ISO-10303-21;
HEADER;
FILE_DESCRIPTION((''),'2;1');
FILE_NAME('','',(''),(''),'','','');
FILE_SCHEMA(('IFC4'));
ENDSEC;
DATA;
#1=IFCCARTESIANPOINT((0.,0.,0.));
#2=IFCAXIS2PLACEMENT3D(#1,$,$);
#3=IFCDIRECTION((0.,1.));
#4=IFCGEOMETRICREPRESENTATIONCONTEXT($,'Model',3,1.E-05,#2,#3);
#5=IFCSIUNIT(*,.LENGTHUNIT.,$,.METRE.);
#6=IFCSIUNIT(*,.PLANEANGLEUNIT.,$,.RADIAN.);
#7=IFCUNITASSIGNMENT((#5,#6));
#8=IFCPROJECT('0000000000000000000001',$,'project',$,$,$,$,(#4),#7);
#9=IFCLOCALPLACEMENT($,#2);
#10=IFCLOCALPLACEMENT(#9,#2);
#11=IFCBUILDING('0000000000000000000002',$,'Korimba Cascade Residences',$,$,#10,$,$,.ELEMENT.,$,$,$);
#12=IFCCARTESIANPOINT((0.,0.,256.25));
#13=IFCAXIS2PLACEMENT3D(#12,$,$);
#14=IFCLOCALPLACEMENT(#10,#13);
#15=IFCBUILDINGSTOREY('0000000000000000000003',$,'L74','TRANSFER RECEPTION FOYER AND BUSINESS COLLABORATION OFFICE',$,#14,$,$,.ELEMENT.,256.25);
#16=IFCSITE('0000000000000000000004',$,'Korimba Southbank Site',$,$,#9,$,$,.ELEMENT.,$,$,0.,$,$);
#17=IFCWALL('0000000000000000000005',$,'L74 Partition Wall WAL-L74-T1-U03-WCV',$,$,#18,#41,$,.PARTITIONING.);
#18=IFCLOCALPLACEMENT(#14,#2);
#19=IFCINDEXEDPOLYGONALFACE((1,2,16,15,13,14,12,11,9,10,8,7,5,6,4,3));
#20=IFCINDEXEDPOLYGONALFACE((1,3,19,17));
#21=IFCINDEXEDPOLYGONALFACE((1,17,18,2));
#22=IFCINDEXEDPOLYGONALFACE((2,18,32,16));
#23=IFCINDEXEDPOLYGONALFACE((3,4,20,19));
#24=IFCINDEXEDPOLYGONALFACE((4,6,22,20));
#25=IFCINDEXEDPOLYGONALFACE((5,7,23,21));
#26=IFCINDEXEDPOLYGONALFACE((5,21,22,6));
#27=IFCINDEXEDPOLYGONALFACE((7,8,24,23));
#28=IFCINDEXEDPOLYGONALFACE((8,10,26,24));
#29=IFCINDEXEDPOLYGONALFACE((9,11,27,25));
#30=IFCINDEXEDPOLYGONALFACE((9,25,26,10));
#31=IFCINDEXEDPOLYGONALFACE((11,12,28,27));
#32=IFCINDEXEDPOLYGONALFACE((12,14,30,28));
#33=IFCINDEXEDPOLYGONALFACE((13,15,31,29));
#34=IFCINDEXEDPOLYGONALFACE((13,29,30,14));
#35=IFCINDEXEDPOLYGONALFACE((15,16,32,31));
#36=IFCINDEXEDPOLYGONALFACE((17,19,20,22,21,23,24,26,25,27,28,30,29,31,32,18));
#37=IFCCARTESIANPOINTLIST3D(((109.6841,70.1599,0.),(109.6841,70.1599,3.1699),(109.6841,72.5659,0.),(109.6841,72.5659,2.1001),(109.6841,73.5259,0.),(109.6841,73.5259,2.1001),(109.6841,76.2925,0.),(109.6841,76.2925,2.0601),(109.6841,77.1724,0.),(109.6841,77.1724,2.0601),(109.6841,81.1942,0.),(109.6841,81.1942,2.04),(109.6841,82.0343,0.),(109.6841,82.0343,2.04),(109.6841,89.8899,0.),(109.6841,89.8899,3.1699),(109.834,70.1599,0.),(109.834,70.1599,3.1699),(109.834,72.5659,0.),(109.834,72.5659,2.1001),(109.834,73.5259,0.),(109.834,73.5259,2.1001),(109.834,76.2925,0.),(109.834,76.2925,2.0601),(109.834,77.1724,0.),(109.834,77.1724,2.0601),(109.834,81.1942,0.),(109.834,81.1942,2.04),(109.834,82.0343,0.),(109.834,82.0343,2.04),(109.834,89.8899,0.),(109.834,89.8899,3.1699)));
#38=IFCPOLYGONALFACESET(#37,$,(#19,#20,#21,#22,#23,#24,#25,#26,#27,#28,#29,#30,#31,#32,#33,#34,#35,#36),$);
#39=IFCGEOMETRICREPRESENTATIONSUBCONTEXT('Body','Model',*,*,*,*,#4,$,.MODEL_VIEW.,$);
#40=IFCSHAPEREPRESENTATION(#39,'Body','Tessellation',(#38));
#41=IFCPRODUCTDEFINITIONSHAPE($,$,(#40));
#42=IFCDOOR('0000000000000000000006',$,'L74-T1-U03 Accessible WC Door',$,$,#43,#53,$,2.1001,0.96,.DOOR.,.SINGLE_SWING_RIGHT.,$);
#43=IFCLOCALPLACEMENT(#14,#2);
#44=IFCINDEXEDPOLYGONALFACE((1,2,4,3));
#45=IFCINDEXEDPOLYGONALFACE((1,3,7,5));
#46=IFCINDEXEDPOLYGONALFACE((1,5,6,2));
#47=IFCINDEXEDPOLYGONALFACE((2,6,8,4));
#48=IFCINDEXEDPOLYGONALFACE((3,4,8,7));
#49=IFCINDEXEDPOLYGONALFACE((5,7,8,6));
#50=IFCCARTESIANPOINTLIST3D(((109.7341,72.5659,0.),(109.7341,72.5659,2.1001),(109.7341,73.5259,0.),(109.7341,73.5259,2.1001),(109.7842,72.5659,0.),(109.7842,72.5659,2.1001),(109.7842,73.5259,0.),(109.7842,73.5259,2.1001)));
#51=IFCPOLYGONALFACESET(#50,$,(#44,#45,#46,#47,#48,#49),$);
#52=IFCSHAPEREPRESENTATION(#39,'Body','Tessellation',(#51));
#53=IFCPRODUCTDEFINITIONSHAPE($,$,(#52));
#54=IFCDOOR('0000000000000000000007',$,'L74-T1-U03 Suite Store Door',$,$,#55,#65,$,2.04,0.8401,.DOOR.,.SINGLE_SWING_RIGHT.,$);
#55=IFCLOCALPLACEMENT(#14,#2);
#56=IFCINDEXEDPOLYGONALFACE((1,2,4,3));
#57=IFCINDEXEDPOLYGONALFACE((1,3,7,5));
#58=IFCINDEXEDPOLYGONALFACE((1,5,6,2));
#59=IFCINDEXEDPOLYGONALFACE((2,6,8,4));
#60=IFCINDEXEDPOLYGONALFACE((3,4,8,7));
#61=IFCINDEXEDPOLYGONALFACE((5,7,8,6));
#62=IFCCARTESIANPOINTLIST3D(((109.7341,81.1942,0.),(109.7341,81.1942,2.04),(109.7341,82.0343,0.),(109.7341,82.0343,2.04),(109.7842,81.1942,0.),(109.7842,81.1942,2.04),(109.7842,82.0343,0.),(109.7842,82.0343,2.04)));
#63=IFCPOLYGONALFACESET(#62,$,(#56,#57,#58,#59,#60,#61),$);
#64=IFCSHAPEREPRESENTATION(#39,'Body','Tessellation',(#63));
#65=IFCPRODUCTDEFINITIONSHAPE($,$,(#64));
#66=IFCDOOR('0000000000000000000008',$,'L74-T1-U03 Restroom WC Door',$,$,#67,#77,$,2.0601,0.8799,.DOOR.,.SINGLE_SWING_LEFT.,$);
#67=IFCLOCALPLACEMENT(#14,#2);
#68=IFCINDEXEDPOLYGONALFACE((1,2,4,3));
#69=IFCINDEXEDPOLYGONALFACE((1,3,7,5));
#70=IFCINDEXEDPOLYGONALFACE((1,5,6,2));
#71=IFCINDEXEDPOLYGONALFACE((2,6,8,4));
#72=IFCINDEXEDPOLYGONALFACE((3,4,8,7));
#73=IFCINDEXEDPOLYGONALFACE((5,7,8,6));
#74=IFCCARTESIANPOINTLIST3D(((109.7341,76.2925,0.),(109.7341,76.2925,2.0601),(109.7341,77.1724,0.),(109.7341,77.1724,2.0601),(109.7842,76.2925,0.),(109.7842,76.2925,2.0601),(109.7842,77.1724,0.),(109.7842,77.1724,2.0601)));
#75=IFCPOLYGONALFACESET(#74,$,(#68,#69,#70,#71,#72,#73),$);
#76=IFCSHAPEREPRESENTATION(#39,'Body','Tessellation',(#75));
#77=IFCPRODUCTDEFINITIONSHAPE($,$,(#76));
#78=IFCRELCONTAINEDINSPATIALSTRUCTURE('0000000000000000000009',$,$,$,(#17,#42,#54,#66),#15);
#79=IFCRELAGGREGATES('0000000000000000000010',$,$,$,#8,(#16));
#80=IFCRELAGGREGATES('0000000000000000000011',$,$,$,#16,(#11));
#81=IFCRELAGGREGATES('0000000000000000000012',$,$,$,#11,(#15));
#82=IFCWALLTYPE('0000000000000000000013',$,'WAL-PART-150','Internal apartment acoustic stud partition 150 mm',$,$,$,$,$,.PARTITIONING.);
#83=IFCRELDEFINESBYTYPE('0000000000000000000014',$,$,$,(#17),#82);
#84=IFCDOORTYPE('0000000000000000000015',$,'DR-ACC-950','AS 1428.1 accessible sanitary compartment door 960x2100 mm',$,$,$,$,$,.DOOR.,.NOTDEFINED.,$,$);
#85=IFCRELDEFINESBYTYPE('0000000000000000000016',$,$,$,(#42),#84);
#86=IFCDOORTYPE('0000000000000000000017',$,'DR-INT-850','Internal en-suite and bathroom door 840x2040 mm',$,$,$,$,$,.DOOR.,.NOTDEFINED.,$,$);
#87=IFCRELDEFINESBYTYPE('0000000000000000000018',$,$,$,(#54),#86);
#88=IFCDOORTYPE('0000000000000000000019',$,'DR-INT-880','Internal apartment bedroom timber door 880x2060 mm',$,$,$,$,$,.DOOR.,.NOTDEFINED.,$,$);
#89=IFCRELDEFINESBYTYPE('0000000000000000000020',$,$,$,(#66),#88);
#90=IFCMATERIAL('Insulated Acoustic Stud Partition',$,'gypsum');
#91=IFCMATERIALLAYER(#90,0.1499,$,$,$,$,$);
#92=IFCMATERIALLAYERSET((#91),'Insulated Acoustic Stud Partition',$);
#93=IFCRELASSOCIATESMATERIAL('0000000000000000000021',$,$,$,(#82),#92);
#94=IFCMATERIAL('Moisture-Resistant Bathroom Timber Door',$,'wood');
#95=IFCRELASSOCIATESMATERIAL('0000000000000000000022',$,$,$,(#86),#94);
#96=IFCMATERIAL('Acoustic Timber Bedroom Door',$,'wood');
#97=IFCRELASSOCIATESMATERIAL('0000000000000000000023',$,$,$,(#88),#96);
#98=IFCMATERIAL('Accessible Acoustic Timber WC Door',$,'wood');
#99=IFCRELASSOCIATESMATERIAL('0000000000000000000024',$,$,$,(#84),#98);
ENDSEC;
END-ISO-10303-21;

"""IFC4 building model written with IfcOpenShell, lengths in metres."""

from ifc_helpers import new_model, si_unit, direction, frame, frame_2d, origin, place, context, subcontext, project, spatial, rectangle, extrude, material, layer, layer_set, type_object, element, fill, save


model = new_model("IFC4")

# Units and contexts
model_context = context("Model", 3, precision=1e-05, world=origin(), true_north=direction((0.0, 1.0)))
body_context = subcontext(model_context, "Body", "Model", "MODEL_VIEW")
ifc_project = project(units=[si_unit("LENGTHUNIT", "METRE"), si_unit("PLANEANGLEUNIT", "RADIAN")], contexts=[model_context])

# Site, building, storey
site_placement = place(None, origin())
site = spatial("IfcSite", under=ifc_project, at=site_placement, Name="Korimba Southbank Site", CompositionType="ELEMENT", RefElevation=0.0)
building_placement = place(site_placement, origin())
building = spatial("IfcBuilding", under=site, at=building_placement, Name="Korimba Cascade Residences", CompositionType="ELEMENT")
storey_placement = place(building_placement, frame((0.0, 0.0, 256.25)))
storey = spatial("IfcBuildingStorey", under=building, at=storey_placement, Name="L74", Description="TRANSFER RECEPTION FOYER AND BUSINESS COLLABORATION OFFICE", CompositionType="ELEMENT", Elevation=256.25)

# Shared definitions
ifc_material_1 = material(Name="Insulated Acoustic Stud Partition", Category="gypsum")
ifc_layer_1 = layer(ifc_material_1, 0.1499)
ifc_layer_set_1 = layer_set([ifc_layer_1], Name="Insulated Acoustic Stud Partition")
wall_type_1 = type_object("IfcWallType", Name="WAL-PART-150", Description="Internal apartment acoustic stud partition 150 mm", PredefinedType="PARTITIONING", material=ifc_layer_set_1)
ifc_material_2 = material(Name="Moisture-Resistant Bathroom Timber Door", Category="wood")
door_type_1 = type_object("IfcDoorType", Name="DR-INT-850", Description="Internal en-suite and bathroom door 840x2040 mm", OperationType="NOTDEFINED", PredefinedType="DOOR", material=ifc_material_2)
ifc_material_3 = material(Name="Acoustic Timber Bedroom Door", Category="wood")
door_type_2 = type_object("IfcDoorType", Name="DR-INT-880", Description="Internal apartment bedroom timber door 880x2060 mm", OperationType="NOTDEFINED", PredefinedType="DOOR", material=ifc_material_3)

# Wall, openings, doors
wall_1_placement = place(storey_placement, frame((109.759, 70.1599, 0.0), z_axis=(0.0, 0.0, 1.0), x_axis=(0.0, 1.0, 0.0)))
wall_1 = element("IfcWall", 1, at=wall_1_placement, inside=storey, type_object=wall_type_1, Name="L74 Partition Wall WAL-L74-T1-U03-WCV", PredefinedType="PARTITIONING", context=body_context, shape_type="SweptSolid", body=[
    extrude(rectangle(XDim=19.73, YDim=0.1499, at=frame_2d((9.865, 0.0))), origin(), (0.0, 0.0, 1.0), 3.1699),
])
opening_1_placement = place(wall_1_placement, frame((2.406, 0.0, 0.0)))
opening_1 = element("IfcOpeningElement", 2, at=opening_1_placement, cuts=wall_1, PredefinedType="OPENING", context=body_context, shape_type="SweptSolid", body=[
    extrude(rectangle(XDim=0.96, YDim=2.1001, at=frame_2d((0.48, 1.05))), frame((0.0, 0.085, 0.0), z_axis=(0.0, -1.0, 0.0), x_axis=(1.0, 0.0, 0.0)), (0.0, 0.0, 1.0), 0.1699),
])
opening_2_placement = place(wall_1_placement, frame((6.1326, 0.0, 0.0)))
opening_2 = element("IfcOpeningElement", 3, at=opening_2_placement, cuts=wall_1, PredefinedType="OPENING", context=body_context, shape_type="SweptSolid", body=[
    extrude(rectangle(XDim=0.8799, YDim=2.0601, at=frame_2d((0.4399, 1.03))), frame((0.0, 0.085, 0.0), z_axis=(0.0, -1.0, 0.0), x_axis=(1.0, 0.0, 0.0)), (0.0, 0.0, 1.0), 0.1699),
])
opening_3_placement = place(wall_1_placement, frame((11.0344, 0.0, 0.0)))
opening_3 = element("IfcOpeningElement", 4, at=opening_3_placement, cuts=wall_1, PredefinedType="OPENING", context=body_context, shape_type="SweptSolid", body=[
    extrude(rectangle(XDim=0.8401, YDim=2.04, at=frame_2d((0.4199, 1.02))), frame((0.0, 0.085, 0.0), z_axis=(0.0, -1.0, 0.0), x_axis=(1.0, 0.0, 0.0)), (0.0, 0.0, 1.0), 0.1699),
])
ifc_material_4 = material(Name="Accessible Acoustic Timber WC Door", Category="wood")
door_type_3 = type_object("IfcDoorType", Name="DR-ACC-950", Description="AS 1428.1 accessible sanitary compartment door 960x2100 mm", OperationType="NOTDEFINED", PredefinedType="DOOR", material=ifc_material_4)
door_1_placement = place(opening_1_placement, origin())
door_1 = element("IfcDoor", 5, at=door_1_placement, inside=storey, type_object=door_type_3, Name="L74-T1-U03 Accessible WC Door", OperationType="SINGLE_SWING_RIGHT", OverallHeight=2.1001, OverallWidth=0.96, PredefinedType="DOOR", context=body_context, shape_type="SweptSolid", body=[
    extrude(rectangle(XDim=0.96, YDim=2.1001, at=frame_2d((0.48, 1.05))), frame((0.0, 0.0249, 0.0), z_axis=(0.0, -1.0, 0.0), x_axis=(1.0, 0.0, 0.0)), (0.0, 0.0, 1.0), 0.05),
])
fill(opening_1, door_1)
door_2_placement = place(opening_3_placement, origin())
door_2 = element("IfcDoor", 6, at=door_2_placement, inside=storey, type_object=door_type_1, Name="L74-T1-U03 Suite Store Door", OperationType="SINGLE_SWING_RIGHT", OverallHeight=2.04, OverallWidth=0.8401, PredefinedType="DOOR", context=body_context, shape_type="SweptSolid", body=[
    extrude(rectangle(XDim=0.8401, YDim=2.04, at=frame_2d((0.4199, 1.02))), frame((0.0, 0.0249, 0.0), z_axis=(0.0, -1.0, 0.0), x_axis=(1.0, 0.0, 0.0)), (0.0, 0.0, 1.0), 0.05),
])
fill(opening_3, door_2)
door_3_placement = place(opening_2_placement, origin())
door_3 = element("IfcDoor", 7, at=door_3_placement, inside=storey, type_object=door_type_2, Name="L74-T1-U03 Restroom WC Door", OperationType="SINGLE_SWING_LEFT", OverallHeight=2.0601, OverallWidth=0.8799, PredefinedType="DOOR", context=body_context, shape_type="SweptSolid", body=[
    extrude(rectangle(XDim=0.8799, YDim=2.0601, at=frame_2d((0.4399, 1.03))), frame((0.0, 0.0249, 0.0), z_axis=(0.0, -1.0, 0.0), x_axis=(1.0, 0.0, 0.0)), (0.0, 0.0, 1.0), 0.05),
])
fill(opening_2, door_3)

save(model, "model.ifc")
